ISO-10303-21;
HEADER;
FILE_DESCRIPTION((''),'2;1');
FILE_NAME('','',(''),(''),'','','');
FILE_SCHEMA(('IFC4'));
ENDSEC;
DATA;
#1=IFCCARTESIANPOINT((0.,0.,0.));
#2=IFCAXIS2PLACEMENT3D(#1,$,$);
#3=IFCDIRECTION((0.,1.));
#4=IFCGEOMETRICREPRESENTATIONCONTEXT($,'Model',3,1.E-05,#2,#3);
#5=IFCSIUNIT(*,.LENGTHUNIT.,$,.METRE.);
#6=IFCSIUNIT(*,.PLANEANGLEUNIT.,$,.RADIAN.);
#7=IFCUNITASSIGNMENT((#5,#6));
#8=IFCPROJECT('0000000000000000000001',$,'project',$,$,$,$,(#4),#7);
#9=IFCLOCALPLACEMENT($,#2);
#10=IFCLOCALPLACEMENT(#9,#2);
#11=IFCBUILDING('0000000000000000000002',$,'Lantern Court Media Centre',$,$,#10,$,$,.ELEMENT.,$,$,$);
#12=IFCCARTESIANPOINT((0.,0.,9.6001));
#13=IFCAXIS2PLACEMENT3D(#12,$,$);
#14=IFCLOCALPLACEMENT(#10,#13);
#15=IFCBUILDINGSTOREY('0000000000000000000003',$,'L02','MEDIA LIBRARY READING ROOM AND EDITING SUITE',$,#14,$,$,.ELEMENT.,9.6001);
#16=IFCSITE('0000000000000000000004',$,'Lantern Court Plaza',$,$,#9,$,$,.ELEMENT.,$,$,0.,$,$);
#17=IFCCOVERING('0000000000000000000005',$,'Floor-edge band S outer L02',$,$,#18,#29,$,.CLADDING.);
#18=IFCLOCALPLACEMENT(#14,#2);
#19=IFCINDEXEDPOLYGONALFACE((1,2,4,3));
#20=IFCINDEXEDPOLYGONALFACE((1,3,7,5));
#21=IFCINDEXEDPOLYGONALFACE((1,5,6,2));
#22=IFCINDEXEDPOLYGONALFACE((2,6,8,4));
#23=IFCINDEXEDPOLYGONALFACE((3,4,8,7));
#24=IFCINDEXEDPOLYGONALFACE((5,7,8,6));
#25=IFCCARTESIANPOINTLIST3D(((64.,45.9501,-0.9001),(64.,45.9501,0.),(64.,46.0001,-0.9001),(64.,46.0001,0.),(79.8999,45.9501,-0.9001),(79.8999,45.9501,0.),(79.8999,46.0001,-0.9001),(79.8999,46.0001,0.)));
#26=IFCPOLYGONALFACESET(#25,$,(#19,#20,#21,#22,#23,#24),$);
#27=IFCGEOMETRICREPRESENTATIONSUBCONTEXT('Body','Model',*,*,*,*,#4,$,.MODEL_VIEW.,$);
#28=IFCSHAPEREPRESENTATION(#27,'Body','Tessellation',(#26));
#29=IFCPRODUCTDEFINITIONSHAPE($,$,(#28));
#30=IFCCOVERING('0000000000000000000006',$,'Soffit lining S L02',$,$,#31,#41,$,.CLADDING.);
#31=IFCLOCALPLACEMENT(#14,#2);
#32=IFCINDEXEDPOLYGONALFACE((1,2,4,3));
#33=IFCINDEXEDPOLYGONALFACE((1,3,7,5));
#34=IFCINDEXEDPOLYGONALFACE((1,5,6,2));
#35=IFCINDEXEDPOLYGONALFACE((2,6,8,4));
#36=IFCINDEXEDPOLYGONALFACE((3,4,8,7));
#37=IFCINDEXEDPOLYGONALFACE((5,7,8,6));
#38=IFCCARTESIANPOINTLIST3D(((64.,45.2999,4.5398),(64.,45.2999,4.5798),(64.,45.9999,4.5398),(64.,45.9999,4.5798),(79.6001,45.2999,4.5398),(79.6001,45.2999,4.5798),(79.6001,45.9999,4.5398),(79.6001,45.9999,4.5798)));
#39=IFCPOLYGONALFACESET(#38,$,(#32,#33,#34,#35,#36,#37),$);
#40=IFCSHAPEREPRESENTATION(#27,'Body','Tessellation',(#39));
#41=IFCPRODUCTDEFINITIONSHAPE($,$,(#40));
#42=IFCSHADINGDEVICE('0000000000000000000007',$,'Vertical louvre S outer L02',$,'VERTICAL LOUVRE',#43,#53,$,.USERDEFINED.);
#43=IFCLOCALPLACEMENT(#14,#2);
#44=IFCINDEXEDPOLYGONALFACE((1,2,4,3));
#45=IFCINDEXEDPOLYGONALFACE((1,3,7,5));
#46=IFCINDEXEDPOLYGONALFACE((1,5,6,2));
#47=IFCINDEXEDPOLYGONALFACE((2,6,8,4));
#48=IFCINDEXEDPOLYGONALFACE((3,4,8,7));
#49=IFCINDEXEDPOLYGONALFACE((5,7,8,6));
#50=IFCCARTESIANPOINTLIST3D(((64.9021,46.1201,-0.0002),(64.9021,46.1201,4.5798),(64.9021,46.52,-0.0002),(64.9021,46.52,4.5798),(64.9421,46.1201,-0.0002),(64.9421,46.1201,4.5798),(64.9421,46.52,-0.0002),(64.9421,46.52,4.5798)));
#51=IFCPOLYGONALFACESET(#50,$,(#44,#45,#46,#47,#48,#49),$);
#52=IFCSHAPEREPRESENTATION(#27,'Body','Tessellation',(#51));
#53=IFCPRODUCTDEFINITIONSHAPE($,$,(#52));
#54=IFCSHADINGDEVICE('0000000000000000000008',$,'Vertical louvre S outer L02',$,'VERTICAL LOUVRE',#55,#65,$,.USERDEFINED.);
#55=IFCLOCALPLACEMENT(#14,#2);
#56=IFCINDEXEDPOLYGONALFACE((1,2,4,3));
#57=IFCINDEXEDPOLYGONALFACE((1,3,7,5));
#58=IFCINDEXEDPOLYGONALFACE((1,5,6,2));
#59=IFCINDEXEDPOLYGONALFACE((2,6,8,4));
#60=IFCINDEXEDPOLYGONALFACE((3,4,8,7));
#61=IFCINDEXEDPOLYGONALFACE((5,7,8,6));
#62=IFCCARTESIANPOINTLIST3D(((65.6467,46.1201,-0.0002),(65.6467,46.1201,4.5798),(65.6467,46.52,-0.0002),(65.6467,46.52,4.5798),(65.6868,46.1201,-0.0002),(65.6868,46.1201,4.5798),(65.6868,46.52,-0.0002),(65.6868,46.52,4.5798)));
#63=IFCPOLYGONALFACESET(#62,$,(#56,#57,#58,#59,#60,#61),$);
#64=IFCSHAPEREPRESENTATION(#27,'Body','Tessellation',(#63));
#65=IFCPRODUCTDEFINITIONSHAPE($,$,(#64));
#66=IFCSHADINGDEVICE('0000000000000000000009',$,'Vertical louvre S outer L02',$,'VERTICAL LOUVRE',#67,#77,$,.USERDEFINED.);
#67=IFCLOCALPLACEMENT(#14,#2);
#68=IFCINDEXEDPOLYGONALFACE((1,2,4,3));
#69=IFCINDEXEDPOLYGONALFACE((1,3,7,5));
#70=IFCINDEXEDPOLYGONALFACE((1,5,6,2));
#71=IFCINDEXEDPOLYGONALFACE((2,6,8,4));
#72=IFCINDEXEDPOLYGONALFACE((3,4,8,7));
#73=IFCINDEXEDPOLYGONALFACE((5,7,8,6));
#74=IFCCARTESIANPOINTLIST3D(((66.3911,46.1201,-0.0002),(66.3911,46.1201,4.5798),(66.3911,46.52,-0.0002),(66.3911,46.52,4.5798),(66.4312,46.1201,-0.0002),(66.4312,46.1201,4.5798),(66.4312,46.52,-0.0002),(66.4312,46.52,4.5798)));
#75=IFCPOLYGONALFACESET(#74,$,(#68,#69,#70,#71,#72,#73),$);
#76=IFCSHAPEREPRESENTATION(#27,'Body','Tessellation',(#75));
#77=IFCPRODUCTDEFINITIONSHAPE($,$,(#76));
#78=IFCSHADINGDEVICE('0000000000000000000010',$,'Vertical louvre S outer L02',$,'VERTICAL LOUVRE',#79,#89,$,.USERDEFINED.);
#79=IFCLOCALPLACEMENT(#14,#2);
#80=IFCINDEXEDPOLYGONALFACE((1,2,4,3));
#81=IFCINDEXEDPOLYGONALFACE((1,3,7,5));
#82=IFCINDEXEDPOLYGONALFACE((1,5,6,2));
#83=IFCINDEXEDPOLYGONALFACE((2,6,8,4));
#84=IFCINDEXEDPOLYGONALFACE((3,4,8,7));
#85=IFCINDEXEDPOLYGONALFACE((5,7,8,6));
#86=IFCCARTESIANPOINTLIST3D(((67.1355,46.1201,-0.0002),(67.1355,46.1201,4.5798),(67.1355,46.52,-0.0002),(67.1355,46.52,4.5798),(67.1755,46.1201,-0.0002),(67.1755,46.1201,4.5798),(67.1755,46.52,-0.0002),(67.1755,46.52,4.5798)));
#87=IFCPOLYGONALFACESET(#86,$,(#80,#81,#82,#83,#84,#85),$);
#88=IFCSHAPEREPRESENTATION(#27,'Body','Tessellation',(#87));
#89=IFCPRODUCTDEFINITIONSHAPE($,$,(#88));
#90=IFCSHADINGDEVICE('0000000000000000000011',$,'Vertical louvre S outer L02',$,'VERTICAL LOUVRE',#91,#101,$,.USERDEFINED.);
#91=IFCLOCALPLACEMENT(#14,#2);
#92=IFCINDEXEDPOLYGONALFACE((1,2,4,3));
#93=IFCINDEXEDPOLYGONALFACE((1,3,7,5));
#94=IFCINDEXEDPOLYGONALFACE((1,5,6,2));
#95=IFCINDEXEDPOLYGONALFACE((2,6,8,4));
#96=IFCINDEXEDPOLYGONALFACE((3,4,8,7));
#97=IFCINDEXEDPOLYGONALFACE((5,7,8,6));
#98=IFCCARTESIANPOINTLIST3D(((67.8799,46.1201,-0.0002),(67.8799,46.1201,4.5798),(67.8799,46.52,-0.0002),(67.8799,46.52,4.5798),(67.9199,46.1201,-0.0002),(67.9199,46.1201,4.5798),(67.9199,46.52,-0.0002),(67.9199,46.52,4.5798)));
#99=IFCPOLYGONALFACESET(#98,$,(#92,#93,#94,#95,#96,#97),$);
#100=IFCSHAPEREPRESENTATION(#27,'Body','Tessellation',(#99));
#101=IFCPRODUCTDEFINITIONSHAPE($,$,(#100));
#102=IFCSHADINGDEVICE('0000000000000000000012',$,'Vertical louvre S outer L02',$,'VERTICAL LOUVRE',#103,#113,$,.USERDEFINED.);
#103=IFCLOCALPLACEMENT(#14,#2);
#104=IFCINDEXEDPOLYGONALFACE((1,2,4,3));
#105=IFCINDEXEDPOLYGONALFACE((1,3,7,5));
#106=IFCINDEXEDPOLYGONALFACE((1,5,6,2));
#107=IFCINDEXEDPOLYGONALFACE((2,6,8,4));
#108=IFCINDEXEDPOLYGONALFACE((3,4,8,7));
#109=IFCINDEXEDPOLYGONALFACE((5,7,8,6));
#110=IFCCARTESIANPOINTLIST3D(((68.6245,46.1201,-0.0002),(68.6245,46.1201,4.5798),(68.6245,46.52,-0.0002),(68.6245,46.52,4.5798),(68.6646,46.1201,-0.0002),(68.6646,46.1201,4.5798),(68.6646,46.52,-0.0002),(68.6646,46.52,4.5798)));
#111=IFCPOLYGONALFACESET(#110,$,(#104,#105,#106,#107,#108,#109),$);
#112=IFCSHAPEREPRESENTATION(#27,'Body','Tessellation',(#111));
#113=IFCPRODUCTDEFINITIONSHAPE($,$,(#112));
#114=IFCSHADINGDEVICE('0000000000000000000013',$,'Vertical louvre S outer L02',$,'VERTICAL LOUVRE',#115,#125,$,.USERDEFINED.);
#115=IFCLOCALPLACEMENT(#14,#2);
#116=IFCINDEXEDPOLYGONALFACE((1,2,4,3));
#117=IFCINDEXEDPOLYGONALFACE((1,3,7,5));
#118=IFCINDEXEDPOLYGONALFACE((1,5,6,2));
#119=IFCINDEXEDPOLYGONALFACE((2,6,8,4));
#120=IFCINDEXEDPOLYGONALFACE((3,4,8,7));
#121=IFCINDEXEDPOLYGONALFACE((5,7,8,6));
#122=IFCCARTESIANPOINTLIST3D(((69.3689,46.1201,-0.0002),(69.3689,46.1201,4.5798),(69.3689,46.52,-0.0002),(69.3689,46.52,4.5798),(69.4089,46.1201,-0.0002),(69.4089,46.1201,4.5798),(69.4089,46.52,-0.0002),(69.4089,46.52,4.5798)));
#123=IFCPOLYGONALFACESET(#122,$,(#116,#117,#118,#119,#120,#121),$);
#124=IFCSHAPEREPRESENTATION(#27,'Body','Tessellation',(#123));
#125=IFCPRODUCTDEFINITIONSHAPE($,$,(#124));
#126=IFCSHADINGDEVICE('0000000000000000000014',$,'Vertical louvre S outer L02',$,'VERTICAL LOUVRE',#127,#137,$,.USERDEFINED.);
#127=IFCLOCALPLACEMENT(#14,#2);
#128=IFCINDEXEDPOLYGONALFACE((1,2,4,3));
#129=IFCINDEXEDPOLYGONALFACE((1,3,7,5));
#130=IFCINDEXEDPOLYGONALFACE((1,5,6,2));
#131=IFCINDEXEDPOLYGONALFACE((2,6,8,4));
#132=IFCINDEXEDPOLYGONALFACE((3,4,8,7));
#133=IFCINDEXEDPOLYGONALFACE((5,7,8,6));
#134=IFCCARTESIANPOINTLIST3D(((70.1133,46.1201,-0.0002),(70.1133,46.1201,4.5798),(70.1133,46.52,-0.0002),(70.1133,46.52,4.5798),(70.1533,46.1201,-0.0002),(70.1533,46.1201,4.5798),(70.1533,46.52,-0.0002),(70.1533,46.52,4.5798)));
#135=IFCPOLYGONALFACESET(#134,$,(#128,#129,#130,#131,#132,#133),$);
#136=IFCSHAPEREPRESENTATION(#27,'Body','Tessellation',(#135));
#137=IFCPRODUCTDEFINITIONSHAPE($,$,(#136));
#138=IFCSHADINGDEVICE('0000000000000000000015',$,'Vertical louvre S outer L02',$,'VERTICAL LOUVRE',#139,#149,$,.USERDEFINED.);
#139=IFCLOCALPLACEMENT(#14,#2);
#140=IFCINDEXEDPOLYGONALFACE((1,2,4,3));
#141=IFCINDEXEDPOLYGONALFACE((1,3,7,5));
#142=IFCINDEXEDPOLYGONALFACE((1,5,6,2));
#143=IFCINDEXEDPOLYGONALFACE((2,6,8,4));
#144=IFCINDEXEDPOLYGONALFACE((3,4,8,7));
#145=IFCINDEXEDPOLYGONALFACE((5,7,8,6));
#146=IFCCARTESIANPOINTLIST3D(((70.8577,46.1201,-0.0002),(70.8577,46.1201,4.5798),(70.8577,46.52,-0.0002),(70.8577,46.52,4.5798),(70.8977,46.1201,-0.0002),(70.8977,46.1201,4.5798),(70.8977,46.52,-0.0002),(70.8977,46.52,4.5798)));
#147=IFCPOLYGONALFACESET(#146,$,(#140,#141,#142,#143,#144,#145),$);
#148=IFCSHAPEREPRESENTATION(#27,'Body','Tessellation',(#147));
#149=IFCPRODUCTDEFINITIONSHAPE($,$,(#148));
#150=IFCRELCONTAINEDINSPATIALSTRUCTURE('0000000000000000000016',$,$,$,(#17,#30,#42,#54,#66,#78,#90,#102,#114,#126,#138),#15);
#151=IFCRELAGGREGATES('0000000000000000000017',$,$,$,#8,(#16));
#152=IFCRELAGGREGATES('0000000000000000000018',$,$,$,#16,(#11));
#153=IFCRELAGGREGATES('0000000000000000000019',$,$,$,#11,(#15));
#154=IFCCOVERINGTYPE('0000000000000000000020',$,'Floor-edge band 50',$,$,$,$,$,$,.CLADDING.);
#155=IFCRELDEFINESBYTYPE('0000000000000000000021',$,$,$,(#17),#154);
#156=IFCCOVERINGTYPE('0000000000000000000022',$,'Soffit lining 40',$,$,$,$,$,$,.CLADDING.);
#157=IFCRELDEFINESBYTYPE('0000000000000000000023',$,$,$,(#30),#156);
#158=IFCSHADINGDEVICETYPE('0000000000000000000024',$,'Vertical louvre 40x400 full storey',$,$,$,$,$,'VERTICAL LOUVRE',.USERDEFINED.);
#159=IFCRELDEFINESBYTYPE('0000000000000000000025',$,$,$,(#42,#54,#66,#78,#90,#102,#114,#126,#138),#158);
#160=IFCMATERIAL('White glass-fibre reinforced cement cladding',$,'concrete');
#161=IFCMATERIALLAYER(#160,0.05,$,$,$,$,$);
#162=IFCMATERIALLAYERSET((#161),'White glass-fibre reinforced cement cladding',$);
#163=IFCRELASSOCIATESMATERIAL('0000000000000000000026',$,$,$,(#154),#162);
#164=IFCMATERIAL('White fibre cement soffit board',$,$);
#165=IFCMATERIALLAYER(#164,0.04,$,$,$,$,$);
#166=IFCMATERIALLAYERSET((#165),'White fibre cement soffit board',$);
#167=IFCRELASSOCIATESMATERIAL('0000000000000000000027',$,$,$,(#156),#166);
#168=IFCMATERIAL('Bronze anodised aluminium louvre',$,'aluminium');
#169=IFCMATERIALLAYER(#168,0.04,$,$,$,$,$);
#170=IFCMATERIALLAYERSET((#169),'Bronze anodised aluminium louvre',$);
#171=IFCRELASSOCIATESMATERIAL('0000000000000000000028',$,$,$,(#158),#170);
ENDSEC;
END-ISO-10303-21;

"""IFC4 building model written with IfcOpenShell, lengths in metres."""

from ifc_helpers import new_model, si_unit, direction, frame, frame_2d, origin, origin_2d, place, context, subcontext, project, spatial, rectangle, extrude, material, layer, layer_set, type_object, element, save


model = new_model("IFC4")

# Units and contexts
model_context = context("Model", 3, precision=1e-05, world=origin(), true_north=direction((0.0, 1.0)))
body_context = subcontext(model_context, "Body", "Model", "MODEL_VIEW")
ifc_project = project(units=[si_unit("LENGTHUNIT", "METRE"), si_unit("PLANEANGLEUNIT", "RADIAN")], contexts=[model_context])

# Site, building, storey
site_placement = place(None, origin())
site = spatial("IfcSite", under=ifc_project, at=site_placement, Name="Lantern Court Plaza", CompositionType="ELEMENT", RefElevation=0.0)
building_placement = place(site_placement, origin())
building = spatial("IfcBuilding", under=site, at=building_placement, Name="Lantern Court Media Centre", CompositionType="ELEMENT")
storey_placement = place(building_placement, frame((0.0, 0.0, 9.6001)))
storey = spatial("IfcBuildingStorey", under=building, at=storey_placement, Name="L02", Description="MEDIA LIBRARY READING ROOM AND EDITING SUITE", CompositionType="ELEMENT", Elevation=9.6001)

# Coverings
ifc_material_1 = material(Name="White glass-fibre reinforced cement cladding", Category="concrete")
ifc_layer_1 = layer(ifc_material_1, 0.05)
ifc_layer_set_1 = layer_set([ifc_layer_1], Name="White glass-fibre reinforced cement cladding")
covering_type_1 = type_object("IfcCoveringType", Name="Floor-edge band 50", PredefinedType="CLADDING", material=ifc_layer_set_1)
covering_1_placement = place(storey_placement, frame((64.0, 45.9751, -0.9001), z_axis=(0.0, 0.0, 1.0), x_axis=(1.0, 0.0, 0.0)))
element("IfcCovering", 1, at=covering_1_placement, inside=storey, type_object=covering_type_1, Name="Floor-edge band S outer L02", PredefinedType="CLADDING", context=body_context, shape_type="SweptSolid", body=[
    extrude(rectangle(XDim=15.8999, YDim=0.05, at=frame_2d((7.95, 0.0))), origin(), (0.0, 0.0, 1.0), 0.9001),
])
ifc_material_2 = material(Name="White fibre cement soffit board")
ifc_layer_2 = layer(ifc_material_2, 0.04)
ifc_layer_set_2 = layer_set([ifc_layer_2], Name="White fibre cement soffit board")
covering_type_2 = type_object("IfcCoveringType", Name="Soffit lining 40", PredefinedType="CLADDING", material=ifc_layer_set_2)
covering_2_placement = place(storey_placement, frame((64.0, 45.6499, 4.5398), z_axis=(0.0, 0.0, 1.0), x_axis=(1.0, 0.0, 0.0)))
element("IfcCovering", 2, at=covering_2_placement, inside=storey, type_object=covering_type_2, Name="Soffit lining S L02", PredefinedType="CLADDING", context=body_context, shape_type="SweptSolid", body=[
    extrude(rectangle(XDim=15.6001, YDim=0.7, at=frame_2d((7.8, 0.0))), origin(), (0.0, 0.0, 1.0), 0.04),
])

# Shading devices
ifc_material_3 = material(Name="Bronze anodised aluminium louvre", Category="aluminium")
ifc_layer_3 = layer(ifc_material_3, 0.04)
ifc_layer_set_3 = layer_set([ifc_layer_3], Name="Bronze anodised aluminium louvre")
shading_device_type = type_object("IfcShadingDeviceType", Name="Vertical louvre 40x400 full storey", ElementType="VERTICAL LOUVRE", PredefinedType="USERDEFINED", material=ifc_layer_set_3)
for number, where, z_axis, x_axis, name in (
    (3, (64.9221, 46.3201, -0.0002), (0.0, 0.0, 1.0), (1.0, 0.0, 0.0), "Vertical louvre S outer L02"),
    (4, (65.6667, 46.3201, -0.0002), (0.0, 0.0, 1.0), (1.0, 0.0, 0.0), "Vertical louvre S outer L02"),
    (5, (66.4111, 46.3201, -0.0002), (0.0, 0.0, 1.0), (1.0, 0.0, 0.0), "Vertical louvre S outer L02"),
    (6, (67.1555, 46.3201, -0.0002), (0.0, 0.0, 1.0), (1.0, 0.0, 0.0), "Vertical louvre S outer L02"),
    (7, (67.8999, 46.3201, -0.0002), (0.0, 0.0, 1.0), (1.0, 0.0, 0.0), "Vertical louvre S outer L02"),
    (8, (68.6445, 46.3201, -0.0002), (0.0, 0.0, 1.0), (1.0, 0.0, 0.0), "Vertical louvre S outer L02"),
    (9, (69.3889, 46.3201, -0.0002), (0.0, 0.0, 1.0), (1.0, 0.0, 0.0), "Vertical louvre S outer L02"),
    (10, (70.1333, 46.3201, -0.0002), (0.0, 0.0, 1.0), (1.0, 0.0, 0.0), "Vertical louvre S outer L02"),
    (11, (70.8777, 46.3201, -0.0002), (0.0, 0.0, 1.0), (1.0, 0.0, 0.0), "Vertical louvre S outer L02"),
):
    element("IfcShadingDevice", number, at=place(storey_placement, frame(where, z_axis=z_axis, x_axis=x_axis)), inside=storey, type_object=shading_device_type, Name=name, ObjectType="VERTICAL LOUVRE", PredefinedType="USERDEFINED", context=body_context, shape_type="SweptSolid", body=[
        extrude(rectangle(XDim=0.04, YDim=0.3999, at=origin_2d()), origin(), (0.0, 0.0, 1.0), 4.5801),
    ])

save(model, "model.ifc")
